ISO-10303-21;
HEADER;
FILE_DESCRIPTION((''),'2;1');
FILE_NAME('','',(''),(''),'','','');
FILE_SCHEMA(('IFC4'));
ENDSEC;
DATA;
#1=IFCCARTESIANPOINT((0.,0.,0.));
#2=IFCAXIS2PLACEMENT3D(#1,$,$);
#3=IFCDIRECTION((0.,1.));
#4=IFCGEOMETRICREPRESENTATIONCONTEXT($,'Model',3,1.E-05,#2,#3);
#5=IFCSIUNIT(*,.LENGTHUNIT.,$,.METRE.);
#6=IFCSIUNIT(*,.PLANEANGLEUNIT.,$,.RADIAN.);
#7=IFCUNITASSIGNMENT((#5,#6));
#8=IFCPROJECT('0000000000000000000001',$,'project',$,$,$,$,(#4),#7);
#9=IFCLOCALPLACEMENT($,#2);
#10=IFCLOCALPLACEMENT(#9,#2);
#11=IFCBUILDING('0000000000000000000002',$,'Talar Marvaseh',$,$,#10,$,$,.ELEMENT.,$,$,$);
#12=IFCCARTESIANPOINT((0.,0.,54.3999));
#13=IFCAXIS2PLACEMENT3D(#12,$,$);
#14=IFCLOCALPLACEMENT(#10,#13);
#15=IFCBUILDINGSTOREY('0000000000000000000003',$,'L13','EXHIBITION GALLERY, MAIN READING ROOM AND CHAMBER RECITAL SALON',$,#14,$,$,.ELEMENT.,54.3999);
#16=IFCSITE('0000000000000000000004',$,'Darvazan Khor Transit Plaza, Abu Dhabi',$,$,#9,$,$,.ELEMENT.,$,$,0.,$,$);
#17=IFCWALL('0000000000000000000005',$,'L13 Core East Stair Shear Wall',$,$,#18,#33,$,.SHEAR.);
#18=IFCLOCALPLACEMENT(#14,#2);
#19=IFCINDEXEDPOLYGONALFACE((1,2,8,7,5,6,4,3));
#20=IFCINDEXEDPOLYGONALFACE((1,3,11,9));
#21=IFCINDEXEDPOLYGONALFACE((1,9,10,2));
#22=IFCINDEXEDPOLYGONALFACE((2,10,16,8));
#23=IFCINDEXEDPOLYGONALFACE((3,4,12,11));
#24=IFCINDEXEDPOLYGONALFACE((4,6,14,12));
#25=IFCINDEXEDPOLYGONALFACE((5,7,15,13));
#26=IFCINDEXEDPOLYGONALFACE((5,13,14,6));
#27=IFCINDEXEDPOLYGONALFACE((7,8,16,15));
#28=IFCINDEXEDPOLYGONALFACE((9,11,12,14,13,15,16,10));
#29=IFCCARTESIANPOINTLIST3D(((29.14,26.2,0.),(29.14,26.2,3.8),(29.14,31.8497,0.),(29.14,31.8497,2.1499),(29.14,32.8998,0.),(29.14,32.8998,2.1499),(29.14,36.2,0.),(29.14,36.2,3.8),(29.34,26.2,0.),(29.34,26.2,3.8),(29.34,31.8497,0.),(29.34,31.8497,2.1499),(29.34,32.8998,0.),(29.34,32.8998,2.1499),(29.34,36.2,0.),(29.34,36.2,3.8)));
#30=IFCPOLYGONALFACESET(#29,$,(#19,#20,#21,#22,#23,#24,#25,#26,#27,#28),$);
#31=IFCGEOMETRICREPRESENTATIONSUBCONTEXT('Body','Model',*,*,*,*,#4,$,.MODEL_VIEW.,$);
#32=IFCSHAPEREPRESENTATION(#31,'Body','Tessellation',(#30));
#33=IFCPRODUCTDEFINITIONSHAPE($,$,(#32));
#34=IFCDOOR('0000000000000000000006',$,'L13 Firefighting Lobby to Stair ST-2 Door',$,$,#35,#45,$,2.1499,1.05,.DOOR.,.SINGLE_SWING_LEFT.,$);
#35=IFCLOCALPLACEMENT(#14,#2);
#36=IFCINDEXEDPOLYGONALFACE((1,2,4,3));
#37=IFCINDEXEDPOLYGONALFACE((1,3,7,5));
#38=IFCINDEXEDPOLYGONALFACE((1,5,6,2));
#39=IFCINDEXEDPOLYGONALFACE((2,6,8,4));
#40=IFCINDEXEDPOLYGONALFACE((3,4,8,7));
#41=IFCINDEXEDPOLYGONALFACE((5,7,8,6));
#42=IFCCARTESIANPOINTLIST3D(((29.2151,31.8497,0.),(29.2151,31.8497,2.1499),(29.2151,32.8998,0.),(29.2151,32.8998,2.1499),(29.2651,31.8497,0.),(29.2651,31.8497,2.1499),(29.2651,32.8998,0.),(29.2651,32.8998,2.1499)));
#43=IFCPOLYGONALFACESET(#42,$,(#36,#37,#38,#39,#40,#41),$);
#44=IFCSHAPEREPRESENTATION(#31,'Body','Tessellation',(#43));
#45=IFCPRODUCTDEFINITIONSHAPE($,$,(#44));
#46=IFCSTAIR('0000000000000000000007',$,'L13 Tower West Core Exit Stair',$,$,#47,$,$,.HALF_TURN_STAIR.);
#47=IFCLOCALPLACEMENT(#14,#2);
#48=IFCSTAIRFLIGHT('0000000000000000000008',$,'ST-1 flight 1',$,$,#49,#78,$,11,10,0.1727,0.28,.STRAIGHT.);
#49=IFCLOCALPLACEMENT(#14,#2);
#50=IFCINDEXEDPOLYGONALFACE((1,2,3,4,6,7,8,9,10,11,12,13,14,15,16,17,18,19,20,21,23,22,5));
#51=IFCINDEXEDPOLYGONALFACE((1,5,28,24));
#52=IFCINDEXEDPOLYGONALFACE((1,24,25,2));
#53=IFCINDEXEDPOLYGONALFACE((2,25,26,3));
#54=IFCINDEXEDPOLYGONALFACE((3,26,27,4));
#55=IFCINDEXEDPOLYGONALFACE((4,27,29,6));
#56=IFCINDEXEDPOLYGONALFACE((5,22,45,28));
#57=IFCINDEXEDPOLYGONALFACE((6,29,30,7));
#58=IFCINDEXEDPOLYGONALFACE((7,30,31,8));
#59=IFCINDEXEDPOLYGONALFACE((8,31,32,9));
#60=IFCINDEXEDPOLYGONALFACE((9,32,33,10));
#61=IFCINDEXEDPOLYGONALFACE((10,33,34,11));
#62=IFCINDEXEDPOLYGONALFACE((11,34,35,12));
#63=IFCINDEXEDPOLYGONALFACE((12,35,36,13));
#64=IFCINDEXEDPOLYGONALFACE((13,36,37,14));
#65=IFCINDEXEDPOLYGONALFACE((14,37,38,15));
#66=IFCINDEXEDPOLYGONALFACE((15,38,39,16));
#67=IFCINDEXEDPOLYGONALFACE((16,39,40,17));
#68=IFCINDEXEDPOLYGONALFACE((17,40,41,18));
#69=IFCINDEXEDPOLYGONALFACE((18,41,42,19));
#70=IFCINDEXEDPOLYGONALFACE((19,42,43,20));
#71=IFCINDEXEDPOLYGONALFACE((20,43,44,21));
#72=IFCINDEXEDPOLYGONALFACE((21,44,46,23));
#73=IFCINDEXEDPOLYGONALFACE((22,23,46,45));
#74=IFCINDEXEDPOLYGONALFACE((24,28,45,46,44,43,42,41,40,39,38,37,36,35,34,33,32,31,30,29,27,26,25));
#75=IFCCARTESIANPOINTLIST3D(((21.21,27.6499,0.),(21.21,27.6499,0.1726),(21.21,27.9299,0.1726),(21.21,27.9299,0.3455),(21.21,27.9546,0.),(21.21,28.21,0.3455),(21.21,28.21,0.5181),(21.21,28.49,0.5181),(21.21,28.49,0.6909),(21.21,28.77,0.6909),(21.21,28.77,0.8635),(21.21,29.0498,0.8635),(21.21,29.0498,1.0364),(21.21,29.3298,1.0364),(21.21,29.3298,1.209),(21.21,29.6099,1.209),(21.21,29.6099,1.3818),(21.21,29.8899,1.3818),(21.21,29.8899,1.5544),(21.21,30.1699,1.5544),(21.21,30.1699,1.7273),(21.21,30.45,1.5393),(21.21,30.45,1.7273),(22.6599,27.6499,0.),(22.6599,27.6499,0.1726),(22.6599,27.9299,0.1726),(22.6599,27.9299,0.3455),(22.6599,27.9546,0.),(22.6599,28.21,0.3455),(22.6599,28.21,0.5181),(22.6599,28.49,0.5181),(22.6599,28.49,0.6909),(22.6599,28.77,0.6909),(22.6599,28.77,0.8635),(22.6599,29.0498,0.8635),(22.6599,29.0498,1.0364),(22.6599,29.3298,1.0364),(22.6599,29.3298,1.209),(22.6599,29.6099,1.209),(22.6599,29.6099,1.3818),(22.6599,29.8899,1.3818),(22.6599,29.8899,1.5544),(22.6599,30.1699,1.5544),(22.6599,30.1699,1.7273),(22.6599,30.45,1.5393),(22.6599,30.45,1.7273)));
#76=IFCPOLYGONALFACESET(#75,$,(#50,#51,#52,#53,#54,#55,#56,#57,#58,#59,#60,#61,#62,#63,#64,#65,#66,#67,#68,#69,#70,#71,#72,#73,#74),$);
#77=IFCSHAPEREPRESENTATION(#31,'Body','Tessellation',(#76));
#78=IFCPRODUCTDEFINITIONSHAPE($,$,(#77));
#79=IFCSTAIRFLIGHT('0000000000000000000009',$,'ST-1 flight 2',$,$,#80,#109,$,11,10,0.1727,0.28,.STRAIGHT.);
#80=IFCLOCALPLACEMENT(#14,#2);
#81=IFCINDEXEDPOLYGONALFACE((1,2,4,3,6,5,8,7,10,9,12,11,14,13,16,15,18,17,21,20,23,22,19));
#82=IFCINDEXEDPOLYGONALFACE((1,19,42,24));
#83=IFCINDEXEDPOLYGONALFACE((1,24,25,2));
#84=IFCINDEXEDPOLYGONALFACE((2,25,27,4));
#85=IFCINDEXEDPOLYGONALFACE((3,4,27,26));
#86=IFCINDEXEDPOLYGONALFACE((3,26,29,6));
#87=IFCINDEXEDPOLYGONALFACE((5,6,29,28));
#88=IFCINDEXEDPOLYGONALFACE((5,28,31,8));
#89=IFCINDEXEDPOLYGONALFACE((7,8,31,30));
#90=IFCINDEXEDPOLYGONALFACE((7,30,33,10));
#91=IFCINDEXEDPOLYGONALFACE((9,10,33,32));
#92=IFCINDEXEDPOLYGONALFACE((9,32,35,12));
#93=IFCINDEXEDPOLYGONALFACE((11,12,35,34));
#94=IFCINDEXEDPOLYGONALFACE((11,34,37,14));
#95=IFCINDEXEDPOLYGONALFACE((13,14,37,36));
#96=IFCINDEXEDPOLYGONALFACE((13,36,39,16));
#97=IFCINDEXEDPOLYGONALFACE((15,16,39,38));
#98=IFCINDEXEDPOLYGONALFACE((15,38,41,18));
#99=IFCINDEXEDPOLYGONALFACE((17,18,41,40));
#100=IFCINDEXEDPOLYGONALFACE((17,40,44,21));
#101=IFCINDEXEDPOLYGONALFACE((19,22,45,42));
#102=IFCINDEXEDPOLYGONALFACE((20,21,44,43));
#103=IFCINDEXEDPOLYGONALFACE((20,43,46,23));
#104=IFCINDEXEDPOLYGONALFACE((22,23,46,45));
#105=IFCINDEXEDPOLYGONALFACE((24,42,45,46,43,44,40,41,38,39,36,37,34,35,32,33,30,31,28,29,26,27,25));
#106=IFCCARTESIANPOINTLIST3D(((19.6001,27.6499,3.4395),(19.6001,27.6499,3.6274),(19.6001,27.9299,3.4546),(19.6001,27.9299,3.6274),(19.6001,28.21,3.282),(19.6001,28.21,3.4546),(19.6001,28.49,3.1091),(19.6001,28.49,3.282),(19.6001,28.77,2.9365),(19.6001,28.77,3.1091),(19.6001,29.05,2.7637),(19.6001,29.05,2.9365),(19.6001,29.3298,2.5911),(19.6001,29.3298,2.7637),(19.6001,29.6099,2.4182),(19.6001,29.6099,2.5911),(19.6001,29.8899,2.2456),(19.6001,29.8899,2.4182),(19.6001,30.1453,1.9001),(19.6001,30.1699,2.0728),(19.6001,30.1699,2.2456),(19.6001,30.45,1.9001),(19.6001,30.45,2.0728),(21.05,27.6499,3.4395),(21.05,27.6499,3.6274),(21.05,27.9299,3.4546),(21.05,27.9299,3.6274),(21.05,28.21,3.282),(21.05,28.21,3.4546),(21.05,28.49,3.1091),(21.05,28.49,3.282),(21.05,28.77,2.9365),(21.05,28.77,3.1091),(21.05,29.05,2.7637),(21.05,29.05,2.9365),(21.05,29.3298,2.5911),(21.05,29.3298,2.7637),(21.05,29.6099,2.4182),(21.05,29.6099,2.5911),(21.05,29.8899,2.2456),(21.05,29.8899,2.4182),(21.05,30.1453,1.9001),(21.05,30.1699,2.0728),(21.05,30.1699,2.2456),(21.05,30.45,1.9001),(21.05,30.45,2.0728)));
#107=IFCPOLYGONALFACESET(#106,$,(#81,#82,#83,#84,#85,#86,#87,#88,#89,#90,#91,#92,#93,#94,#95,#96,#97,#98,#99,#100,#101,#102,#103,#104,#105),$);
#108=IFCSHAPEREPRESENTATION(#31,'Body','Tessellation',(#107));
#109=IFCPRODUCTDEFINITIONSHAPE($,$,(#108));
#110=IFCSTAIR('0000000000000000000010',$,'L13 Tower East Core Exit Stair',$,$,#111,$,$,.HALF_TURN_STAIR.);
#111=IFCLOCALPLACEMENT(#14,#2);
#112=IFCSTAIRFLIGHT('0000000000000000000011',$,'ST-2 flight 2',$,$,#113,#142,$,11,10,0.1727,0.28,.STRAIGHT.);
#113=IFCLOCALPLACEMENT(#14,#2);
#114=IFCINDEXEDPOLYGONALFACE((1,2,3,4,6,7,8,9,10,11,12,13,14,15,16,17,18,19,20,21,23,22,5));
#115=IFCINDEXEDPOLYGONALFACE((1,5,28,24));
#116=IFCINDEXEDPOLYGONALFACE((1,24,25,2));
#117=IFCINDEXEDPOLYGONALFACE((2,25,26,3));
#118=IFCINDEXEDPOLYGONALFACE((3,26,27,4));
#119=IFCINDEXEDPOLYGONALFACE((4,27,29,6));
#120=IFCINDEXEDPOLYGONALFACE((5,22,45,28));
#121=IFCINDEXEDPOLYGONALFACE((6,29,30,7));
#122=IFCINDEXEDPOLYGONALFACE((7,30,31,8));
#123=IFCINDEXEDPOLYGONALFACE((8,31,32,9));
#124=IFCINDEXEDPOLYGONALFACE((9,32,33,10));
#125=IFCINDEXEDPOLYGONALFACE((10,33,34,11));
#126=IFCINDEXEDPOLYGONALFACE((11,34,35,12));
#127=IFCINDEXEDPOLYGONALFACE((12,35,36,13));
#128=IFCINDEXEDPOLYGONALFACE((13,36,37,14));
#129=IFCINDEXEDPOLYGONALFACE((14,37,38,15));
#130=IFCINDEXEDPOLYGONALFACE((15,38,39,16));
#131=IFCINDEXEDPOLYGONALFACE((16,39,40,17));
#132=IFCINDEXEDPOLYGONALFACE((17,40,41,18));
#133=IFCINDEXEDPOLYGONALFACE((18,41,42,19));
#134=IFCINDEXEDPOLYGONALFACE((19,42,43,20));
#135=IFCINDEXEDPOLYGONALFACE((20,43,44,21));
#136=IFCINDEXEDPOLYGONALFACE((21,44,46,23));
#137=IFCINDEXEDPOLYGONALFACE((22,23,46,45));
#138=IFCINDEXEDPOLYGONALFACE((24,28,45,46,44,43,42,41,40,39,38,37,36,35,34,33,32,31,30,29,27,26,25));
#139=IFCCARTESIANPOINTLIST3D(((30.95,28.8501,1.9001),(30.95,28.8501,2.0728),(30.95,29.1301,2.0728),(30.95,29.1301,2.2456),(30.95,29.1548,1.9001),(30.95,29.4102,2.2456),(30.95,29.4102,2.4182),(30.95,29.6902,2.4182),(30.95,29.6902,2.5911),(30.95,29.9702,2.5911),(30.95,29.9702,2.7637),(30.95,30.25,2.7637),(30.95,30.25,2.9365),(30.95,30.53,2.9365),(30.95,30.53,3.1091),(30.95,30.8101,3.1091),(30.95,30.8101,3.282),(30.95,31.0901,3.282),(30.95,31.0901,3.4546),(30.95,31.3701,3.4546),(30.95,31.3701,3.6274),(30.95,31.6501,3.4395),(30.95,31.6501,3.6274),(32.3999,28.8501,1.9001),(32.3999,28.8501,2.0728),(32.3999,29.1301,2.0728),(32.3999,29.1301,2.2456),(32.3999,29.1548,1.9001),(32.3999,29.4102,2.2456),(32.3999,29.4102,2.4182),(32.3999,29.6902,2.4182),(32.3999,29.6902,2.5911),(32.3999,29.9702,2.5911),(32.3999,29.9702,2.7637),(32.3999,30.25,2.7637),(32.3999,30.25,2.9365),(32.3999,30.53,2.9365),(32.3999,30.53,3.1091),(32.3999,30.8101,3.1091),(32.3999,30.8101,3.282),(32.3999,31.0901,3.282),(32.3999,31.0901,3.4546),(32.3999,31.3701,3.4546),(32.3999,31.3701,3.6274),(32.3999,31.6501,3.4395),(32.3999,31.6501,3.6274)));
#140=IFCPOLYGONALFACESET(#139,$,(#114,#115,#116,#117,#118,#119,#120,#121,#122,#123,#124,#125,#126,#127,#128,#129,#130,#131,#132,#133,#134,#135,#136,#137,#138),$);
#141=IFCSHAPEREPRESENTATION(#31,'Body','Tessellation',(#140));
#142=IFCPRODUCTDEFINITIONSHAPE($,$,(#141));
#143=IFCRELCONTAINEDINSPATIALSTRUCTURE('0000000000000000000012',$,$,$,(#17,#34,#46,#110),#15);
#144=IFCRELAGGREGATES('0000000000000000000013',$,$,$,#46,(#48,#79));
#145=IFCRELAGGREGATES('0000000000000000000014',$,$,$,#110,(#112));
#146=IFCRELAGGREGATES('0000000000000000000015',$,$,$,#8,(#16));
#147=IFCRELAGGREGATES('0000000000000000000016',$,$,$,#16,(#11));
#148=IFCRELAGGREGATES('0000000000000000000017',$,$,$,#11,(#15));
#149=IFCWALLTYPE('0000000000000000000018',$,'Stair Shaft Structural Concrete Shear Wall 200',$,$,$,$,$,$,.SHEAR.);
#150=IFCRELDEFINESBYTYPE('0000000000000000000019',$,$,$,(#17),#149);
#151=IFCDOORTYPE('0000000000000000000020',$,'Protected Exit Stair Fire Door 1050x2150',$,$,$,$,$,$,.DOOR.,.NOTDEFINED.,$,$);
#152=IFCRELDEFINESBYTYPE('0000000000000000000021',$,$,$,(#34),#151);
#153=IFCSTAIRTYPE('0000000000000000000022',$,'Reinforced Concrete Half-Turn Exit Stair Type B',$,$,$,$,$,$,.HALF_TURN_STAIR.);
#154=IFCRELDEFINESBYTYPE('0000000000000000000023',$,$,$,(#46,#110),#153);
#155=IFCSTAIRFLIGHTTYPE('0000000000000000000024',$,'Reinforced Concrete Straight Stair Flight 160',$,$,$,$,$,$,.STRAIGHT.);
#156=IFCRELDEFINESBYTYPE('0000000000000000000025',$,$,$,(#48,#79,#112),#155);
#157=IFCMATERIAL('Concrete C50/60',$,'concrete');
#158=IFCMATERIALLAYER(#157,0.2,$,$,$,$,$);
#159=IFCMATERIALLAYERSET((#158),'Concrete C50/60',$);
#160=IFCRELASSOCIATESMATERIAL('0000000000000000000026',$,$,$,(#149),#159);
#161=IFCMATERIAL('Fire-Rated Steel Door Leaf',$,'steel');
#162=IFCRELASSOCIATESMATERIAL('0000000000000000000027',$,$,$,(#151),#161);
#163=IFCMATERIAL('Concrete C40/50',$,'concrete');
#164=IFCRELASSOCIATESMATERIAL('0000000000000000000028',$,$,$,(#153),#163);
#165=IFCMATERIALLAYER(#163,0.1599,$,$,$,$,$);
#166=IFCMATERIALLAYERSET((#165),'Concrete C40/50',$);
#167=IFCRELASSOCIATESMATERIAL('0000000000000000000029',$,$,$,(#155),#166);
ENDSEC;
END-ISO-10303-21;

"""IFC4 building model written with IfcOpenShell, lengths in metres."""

from ifc_helpers import new_model, si_unit, direction, frame, frame_2d, origin, place, context, subcontext, project, spatial, polyline, rectangle, outline, extrude, source, transform, mapped, material, layer, layer_set, type_object, type_shapes, element, fill, aggregate, save


model = new_model("IFC4")

# Units and contexts
model_context = context("Model", 3, precision=1e-05, world=origin(), true_north=direction((0.0, 1.0)))
body_context = subcontext(model_context, "Body", "Model", "MODEL_VIEW")
ifc_project = project(units=[si_unit("LENGTHUNIT", "METRE"), si_unit("PLANEANGLEUNIT", "RADIAN")], contexts=[model_context])

# Site, building, storey
site_placement = place(None, origin())
site = spatial("IfcSite", under=ifc_project, at=site_placement, Name="Darvazan Khor Transit Plaza, Abu Dhabi", CompositionType="ELEMENT", RefElevation=0.0)
building_placement = place(site_placement, origin())
building = spatial("IfcBuilding", under=site, at=building_placement, Name="Talar Marvaseh", CompositionType="ELEMENT")
storey_placement = place(building_placement, frame((0.0, 0.0, 54.3999)))
storey = spatial("IfcBuildingStorey", under=building, at=storey_placement, Name="L13", Description="EXHIBITION GALLERY, MAIN READING ROOM AND CHAMBER RECITAL SALON", CompositionType="ELEMENT", Elevation=54.3999)

# Shared definitions
ifc_material_1 = material(Name="Concrete C40/50", Category="concrete")

# Shared definitions
ifc_material_2 = material(Name="Fire-Rated Steel Door Leaf", Category="steel")

# Shared definitions
ifc_material_3 = material(Name="Concrete C50/60", Category="concrete")
ifc_layer_1 = layer(ifc_material_3, 0.2)
ifc_layer_set_1 = layer_set([ifc_layer_1], Name="Concrete C50/60")
wall_type_1 = type_object("IfcWallType", Name="Stair Shaft Structural Concrete Shear Wall 200", PredefinedType="SHEAR", material=ifc_layer_set_1)

# Wall, opening, door
wall_1_placement = place(storey_placement, frame((29.24, 26.2, 0.0), z_axis=(0.0, 0.0, 1.0), x_axis=(0.0, 1.0, 0.0)))
wall_1 = element("IfcWall", 1, at=wall_1_placement, inside=storey, type_object=wall_type_1, Name="L13 Core East Stair Shear Wall", PredefinedType="SHEAR", context=body_context, shape_type="SweptSolid", body=[
    extrude(rectangle(XDim=10.0, YDim=0.2, at=frame_2d((5.0, 0.0))), origin(), (0.0, 0.0, 1.0), 3.8),
])
opening_1_placement = place(wall_1_placement, frame((5.6499, 0.0, 0.0)))
opening_1 = element("IfcOpeningElement", 2, at=opening_1_placement, cuts=wall_1, PredefinedType="OPENING", context=body_context, shape_type="SweptSolid", body=[
    extrude(rectangle(XDim=1.05, YDim=2.1499, at=frame_2d((0.5249, 1.075))), frame((0.0, 0.1099, 0.0), z_axis=(0.0, -1.0, 0.0), x_axis=(1.0, 0.0, 0.0)), (0.0, 0.0, 1.0), 0.22),
])
door_type_1 = type_object("IfcDoorType", Name="Protected Exit Stair Fire Door 1050x2150", OperationType="NOTDEFINED", PredefinedType="DOOR", material=ifc_material_2)
shared_shape_1 = source(origin(), body_context, "Body", "SweptSolid", [
    extrude(rectangle(XDim=1.05, YDim=2.1499, at=frame_2d((0.5249, 1.075))), frame((0.0, 0.0249, 0.0), z_axis=(0.0, -1.0, 0.0), x_axis=(1.0, 0.0, 0.0)), (0.0, 0.0, 1.0), 0.05),
])
type_shapes(door_type_1, [shared_shape_1])
door_1_placement = place(opening_1_placement, origin())
door_1 = element("IfcDoor", 3, at=door_1_placement, inside=storey, type_object=door_type_1, Name="L13 Firefighting Lobby to Stair ST-2 Door", OperationType="SINGLE_SWING_LEFT", OverallHeight=2.1499, OverallWidth=1.05, PredefinedType="DOOR", context=body_context, shape_type="MappedRepresentation", body=[
    mapped(shared_shape_1, transform((0.0, 0.0, 0.0), x_axis=(1.0, 0.0, 0.0), y_axis=(0.0, 1.0, 0.0), z_axis=(0.0, 0.0, 1.0), scale=1.0)),
])
fill(opening_1, door_1)

# Stair, stair flights
stair_type = type_object("IfcStairType", Name="Reinforced Concrete Half-Turn Exit Stair Type B", PredefinedType="HALF_TURN_STAIR", material=ifc_material_1)
stair_1_placement = place(storey_placement, origin())
stair_1 = element("IfcStair", 4, at=stair_1_placement, inside=storey, type_object=stair_type, Name="L13 Tower West Core Exit Stair", PredefinedType="HALF_TURN_STAIR")
ifc_layer_2 = layer(ifc_material_1, 0.1599)
ifc_layer_set_2 = layer_set([ifc_layer_2], Name="Concrete C40/50")
stair_flight_type = type_object("IfcStairFlightType", Name="Reinforced Concrete Straight Stair Flight 160", PredefinedType="STRAIGHT", material=ifc_layer_set_2)
stair_flight_1_placement = place(storey_placement, frame((21.9351, 27.6499, 0.0), z_axis=(0.0, 0.0, 1.0), x_axis=(0.0, 1.0, 0.0)))
stair_flight_1 = element("IfcStairFlight", 5, at=stair_flight_1_placement, type_object=stair_flight_type, Name="ST-1 flight 1", NumberOfRisers=11, NumberOfTreads=10, PredefinedType="STRAIGHT", RiserHeight=0.1727, TreadLength=0.28, context=body_context, shape_type="SweptSolid", body=[
    extrude(outline(polyline([(0.0, 0.0), (0.0, 0.1726), (0.28, 0.1726), (0.28, 0.3455), (0.5601, 0.3455), (0.5601, 0.5181), (0.8401, 0.5181), (0.8401, 0.6909), (1.1201, 0.6909), (1.1201, 0.8635), (1.3999, 0.8635), (1.3999, 1.0364), (1.6799, 1.0364), (1.6799, 1.209), (1.96, 1.209), (1.96, 1.3818), (2.24, 1.3818), (2.24, 1.5544), (2.52, 1.5544), (2.52, 1.7273), (2.8, 1.7273), (2.8, 1.8999), (2.8, 1.5393), (0.3047, 0.0), (0.0, 0.0)])), frame((0.0, 0.7251, 0.0), z_axis=(0.0, -1.0, 0.0), x_axis=(1.0, 0.0, 0.0)), (0.0, 0.0, 1.0), 1.45),
])
stair_flight_2_placement = place(storey_placement, frame((20.325, 30.45, 1.9001), z_axis=(0.0, 0.0, 1.0), x_axis=(0.0, -1.0, 0.0)))
stair_flight_2 = element("IfcStairFlight", 6, at=stair_flight_2_placement, type_object=stair_flight_type, Name="ST-1 flight 2", NumberOfRisers=11, NumberOfTreads=10, PredefinedType="STRAIGHT", RiserHeight=0.1727, TreadLength=0.28, context=body_context, shape_type="SweptSolid", body=[
    extrude(outline(polyline([(0.0, 0.0), (0.0, 0.1726), (0.28, 0.1726), (0.28, 0.3455), (0.5601, 0.3455), (0.5601, 0.5181), (0.8401, 0.5181), (0.8401, 0.6909), (1.1201, 0.6909), (1.1201, 0.8635), (1.3999, 0.8635), (1.3999, 1.0364), (1.6799, 1.0364), (1.6799, 1.209), (1.96, 1.209), (1.96, 1.3818), (2.24, 1.3818), (2.24, 1.5544), (2.52, 1.5544), (2.52, 1.7273), (2.8, 1.7273), (2.8, 1.8999), (2.8, 1.5393), (0.3047, 0.0), (0.0, 0.0)])), frame((0.0, 0.7251, 0.0), z_axis=(0.0, -1.0, 0.0), x_axis=(1.0, 0.0, 0.0)), (0.0, 0.0, 1.0), 1.45),
])
aggregate(stair_1, [stair_flight_1, stair_flight_2])

# Stair, stair flight
stair_2_placement = place(storey_placement, origin())
stair_2 = element("IfcStair", 7, at=stair_2_placement, inside=storey, type_object=stair_type, Name="L13 Tower East Core Exit Stair", PredefinedType="HALF_TURN_STAIR")
stair_flight_3_placement = place(storey_placement, frame((31.675, 28.8501, 1.9001), z_axis=(0.0, 0.0, 1.0), x_axis=(0.0, 1.0, 0.0)))
stair_flight_3 = element("IfcStairFlight", 8, at=stair_flight_3_placement, type_object=stair_flight_type, Name="ST-2 flight 2", NumberOfRisers=11, NumberOfTreads=10, PredefinedType="STRAIGHT", RiserHeight=0.1727, TreadLength=0.28, context=body_context, shape_type="SweptSolid", body=[
    extrude(outline(polyline([(0.0, 0.0), (0.0, 0.1726), (0.28, 0.1726), (0.28, 0.3455), (0.5601, 0.3455), (0.5601, 0.5181), (0.8401, 0.5181), (0.8401, 0.6909), (1.1201, 0.6909), (1.1201, 0.8635), (1.3999, 0.8635), (1.3999, 1.0364), (1.6799, 1.0364), (1.6799, 1.209), (1.96, 1.209), (1.96, 1.3818), (2.24, 1.3818), (2.24, 1.5544), (2.52, 1.5544), (2.52, 1.7273), (2.8, 1.7273), (2.8, 1.8999), (2.8, 1.5393), (0.3047, 0.0), (0.0, 0.0)])), frame((0.0, 0.7251, 0.0), z_axis=(0.0, -1.0, 0.0), x_axis=(1.0, 0.0, 0.0)), (0.0, 0.0, 1.0), 1.45),
])
aggregate(stair_2, [stair_flight_3])

save(model, "model.ifc")
